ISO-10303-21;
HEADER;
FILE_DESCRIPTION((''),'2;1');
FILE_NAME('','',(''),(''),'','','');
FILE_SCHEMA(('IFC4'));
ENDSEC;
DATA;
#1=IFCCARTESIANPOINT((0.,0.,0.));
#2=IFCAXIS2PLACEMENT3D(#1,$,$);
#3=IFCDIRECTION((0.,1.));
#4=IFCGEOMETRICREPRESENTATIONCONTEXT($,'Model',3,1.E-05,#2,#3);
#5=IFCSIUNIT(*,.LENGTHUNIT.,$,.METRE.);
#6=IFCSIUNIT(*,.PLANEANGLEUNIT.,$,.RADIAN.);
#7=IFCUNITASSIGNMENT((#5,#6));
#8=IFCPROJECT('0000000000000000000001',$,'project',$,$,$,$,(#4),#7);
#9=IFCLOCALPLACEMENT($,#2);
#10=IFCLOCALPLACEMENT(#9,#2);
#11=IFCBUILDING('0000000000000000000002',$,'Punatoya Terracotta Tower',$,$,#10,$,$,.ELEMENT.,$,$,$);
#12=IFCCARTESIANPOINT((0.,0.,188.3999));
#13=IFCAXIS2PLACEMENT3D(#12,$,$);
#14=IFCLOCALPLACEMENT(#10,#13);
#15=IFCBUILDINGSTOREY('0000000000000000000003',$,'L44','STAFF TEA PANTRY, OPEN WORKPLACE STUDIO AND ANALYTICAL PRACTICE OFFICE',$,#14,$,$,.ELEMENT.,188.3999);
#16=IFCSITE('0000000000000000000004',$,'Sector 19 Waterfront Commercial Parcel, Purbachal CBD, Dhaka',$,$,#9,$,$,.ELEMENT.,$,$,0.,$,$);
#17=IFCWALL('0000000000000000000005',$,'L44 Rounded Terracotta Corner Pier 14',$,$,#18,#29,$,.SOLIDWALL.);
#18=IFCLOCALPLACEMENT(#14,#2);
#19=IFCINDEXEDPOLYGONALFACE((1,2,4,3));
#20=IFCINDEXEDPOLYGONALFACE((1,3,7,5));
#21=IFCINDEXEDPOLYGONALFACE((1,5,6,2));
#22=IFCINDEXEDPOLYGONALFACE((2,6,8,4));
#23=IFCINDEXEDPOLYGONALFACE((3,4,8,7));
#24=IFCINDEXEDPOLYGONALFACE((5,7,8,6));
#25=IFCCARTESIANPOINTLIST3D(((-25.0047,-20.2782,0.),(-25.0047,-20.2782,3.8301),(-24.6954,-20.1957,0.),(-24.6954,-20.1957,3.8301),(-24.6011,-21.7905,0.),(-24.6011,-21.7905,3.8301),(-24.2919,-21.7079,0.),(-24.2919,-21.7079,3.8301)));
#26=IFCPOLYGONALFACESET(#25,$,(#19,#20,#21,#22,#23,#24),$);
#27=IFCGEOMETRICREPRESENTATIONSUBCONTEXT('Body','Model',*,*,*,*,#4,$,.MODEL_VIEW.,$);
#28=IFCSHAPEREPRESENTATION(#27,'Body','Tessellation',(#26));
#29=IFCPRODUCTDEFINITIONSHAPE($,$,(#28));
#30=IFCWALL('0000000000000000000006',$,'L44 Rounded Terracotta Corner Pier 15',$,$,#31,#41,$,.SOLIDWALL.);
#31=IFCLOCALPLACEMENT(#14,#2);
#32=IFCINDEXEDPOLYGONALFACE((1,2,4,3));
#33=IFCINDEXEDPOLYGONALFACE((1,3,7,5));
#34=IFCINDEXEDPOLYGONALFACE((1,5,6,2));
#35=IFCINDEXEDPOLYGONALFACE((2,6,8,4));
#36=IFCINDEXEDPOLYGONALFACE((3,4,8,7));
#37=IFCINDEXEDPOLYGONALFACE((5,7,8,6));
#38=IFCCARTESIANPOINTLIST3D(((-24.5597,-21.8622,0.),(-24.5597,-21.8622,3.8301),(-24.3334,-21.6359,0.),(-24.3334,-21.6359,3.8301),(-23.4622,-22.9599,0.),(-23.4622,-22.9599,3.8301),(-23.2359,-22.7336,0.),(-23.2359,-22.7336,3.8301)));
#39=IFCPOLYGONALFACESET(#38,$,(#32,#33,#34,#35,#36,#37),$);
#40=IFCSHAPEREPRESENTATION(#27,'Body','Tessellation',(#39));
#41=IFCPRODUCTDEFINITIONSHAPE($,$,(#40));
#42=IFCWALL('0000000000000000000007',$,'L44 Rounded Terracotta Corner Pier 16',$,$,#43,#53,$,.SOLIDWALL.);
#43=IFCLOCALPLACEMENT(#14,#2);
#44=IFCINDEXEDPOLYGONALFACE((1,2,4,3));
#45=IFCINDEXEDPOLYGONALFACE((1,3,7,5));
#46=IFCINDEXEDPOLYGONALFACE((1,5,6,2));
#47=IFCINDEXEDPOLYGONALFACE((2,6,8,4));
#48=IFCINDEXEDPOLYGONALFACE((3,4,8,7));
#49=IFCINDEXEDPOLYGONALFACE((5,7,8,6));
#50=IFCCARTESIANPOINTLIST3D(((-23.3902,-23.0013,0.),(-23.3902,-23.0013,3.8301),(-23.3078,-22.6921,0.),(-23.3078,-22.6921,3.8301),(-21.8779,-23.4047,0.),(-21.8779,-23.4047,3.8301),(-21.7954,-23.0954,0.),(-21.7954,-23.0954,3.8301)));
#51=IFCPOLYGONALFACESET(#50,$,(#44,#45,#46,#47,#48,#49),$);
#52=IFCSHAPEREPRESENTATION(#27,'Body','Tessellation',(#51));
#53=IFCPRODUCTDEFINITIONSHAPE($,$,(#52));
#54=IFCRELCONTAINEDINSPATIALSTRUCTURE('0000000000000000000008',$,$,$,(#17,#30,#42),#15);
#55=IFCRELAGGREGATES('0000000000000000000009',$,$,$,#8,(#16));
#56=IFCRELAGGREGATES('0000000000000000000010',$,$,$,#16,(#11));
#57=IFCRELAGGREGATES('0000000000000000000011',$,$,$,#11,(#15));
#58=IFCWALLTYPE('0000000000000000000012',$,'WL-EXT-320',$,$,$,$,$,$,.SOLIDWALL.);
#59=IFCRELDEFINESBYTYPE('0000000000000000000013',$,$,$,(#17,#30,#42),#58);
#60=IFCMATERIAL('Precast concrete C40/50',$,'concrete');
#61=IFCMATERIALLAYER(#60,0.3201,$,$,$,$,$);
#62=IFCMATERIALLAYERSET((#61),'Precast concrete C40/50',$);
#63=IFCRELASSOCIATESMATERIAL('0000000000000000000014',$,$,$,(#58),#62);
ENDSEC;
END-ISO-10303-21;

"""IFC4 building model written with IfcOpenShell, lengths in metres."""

from ifc_helpers import new_model, si_unit, direction, frame, frame_2d, origin, place, context, subcontext, project, spatial, rectangle, extrude, material, layer, layer_set, type_object, element, save


model = new_model("IFC4")

# Units and contexts
model_context = context("Model", 3, precision=1e-05, world=origin(), true_north=direction((0.0, 1.0)))
body_context = subcontext(model_context, "Body", "Model", "MODEL_VIEW")
ifc_project = project(units=[si_unit("LENGTHUNIT", "METRE"), si_unit("PLANEANGLEUNIT", "RADIAN")], contexts=[model_context])

# Site, building, storey
site_placement = place(None, origin())
site = spatial("IfcSite", under=ifc_project, at=site_placement, Name="Sector 19 Waterfront Commercial Parcel, Purbachal CBD, Dhaka", CompositionType="ELEMENT", RefElevation=0.0)
building_placement = place(site_placement, origin())
building = spatial("IfcBuilding", under=site, at=building_placement, Name="Punatoya Terracotta Tower", CompositionType="ELEMENT")
storey_placement = place(building_placement, frame((0.0, 0.0, 188.3999)))
storey = spatial("IfcBuildingStorey", under=building, at=storey_placement, Name="L44", Description="STAFF TEA PANTRY, OPEN WORKPLACE STUDIO AND ANALYTICAL PRACTICE OFFICE", CompositionType="ELEMENT", Elevation=188.3999)

# Walls
ifc_material_1 = material(Name="Precast concrete C40/50", Category="concrete")
ifc_layer_1 = layer(ifc_material_1, 0.3201)
ifc_layer_set_1 = layer_set([ifc_layer_1], Name="Precast concrete C40/50")
wall_type = type_object("IfcWallType", Name="WL-EXT-320", PredefinedType="SOLIDWALL", material=ifc_layer_set_1)
wall_1_placement = place(storey_placement, frame((-24.8501, -20.2368, 0.0), z_axis=(0.0, 0.0, 1.0), x_axis=(0.257847, -0.966186, 0.0)))
element("IfcWall", 1, at=wall_1_placement, inside=storey, type_object=wall_type, Name="L44 Rounded Terracotta Corner Pier 14", PredefinedType="SOLIDWALL", context=body_context, shape_type="SweptSolid", body=[
    extrude(rectangle(XDim=1.5652, YDim=0.3201, at=frame_2d((0.7827, 0.0))), origin(), (0.0, 0.0, 1.0), 3.8301),
])
wall_2_placement = place(storey_placement, frame((-24.4465, -21.749, 0.0), z_axis=(0.0, 0.0, 1.0), x_axis=(0.707028, -0.707185, 0.0)))
element("IfcWall", 2, at=wall_2_placement, inside=storey, type_object=wall_type, Name="L44 Rounded Terracotta Corner Pier 15", PredefinedType="SOLIDWALL", context=body_context, shape_type="SweptSolid", body=[
    extrude(rectangle(XDim=1.5522, YDim=0.3201, at=frame_2d((0.7761, 0.0))), origin(), (0.0, 0.0, 1.0), 3.8301),
])
wall_3_placement = place(storey_placement, frame((-23.3491, -22.8467, 0.0), z_axis=(0.0, 0.0, 1.0), x_axis=(0.966225, -0.257701, 0.0)))
element("IfcWall", 3, at=wall_3_placement, inside=storey, type_object=wall_type, Name="L44 Rounded Terracotta Corner Pier 16", PredefinedType="SOLIDWALL", context=body_context, shape_type="SweptSolid", body=[
    extrude(rectangle(XDim=1.5652, YDim=0.3201, at=frame_2d((0.7827, 0.0))), origin(), (0.0, 0.0, 1.0), 3.8301),
])

save(model, "model.ifc")
